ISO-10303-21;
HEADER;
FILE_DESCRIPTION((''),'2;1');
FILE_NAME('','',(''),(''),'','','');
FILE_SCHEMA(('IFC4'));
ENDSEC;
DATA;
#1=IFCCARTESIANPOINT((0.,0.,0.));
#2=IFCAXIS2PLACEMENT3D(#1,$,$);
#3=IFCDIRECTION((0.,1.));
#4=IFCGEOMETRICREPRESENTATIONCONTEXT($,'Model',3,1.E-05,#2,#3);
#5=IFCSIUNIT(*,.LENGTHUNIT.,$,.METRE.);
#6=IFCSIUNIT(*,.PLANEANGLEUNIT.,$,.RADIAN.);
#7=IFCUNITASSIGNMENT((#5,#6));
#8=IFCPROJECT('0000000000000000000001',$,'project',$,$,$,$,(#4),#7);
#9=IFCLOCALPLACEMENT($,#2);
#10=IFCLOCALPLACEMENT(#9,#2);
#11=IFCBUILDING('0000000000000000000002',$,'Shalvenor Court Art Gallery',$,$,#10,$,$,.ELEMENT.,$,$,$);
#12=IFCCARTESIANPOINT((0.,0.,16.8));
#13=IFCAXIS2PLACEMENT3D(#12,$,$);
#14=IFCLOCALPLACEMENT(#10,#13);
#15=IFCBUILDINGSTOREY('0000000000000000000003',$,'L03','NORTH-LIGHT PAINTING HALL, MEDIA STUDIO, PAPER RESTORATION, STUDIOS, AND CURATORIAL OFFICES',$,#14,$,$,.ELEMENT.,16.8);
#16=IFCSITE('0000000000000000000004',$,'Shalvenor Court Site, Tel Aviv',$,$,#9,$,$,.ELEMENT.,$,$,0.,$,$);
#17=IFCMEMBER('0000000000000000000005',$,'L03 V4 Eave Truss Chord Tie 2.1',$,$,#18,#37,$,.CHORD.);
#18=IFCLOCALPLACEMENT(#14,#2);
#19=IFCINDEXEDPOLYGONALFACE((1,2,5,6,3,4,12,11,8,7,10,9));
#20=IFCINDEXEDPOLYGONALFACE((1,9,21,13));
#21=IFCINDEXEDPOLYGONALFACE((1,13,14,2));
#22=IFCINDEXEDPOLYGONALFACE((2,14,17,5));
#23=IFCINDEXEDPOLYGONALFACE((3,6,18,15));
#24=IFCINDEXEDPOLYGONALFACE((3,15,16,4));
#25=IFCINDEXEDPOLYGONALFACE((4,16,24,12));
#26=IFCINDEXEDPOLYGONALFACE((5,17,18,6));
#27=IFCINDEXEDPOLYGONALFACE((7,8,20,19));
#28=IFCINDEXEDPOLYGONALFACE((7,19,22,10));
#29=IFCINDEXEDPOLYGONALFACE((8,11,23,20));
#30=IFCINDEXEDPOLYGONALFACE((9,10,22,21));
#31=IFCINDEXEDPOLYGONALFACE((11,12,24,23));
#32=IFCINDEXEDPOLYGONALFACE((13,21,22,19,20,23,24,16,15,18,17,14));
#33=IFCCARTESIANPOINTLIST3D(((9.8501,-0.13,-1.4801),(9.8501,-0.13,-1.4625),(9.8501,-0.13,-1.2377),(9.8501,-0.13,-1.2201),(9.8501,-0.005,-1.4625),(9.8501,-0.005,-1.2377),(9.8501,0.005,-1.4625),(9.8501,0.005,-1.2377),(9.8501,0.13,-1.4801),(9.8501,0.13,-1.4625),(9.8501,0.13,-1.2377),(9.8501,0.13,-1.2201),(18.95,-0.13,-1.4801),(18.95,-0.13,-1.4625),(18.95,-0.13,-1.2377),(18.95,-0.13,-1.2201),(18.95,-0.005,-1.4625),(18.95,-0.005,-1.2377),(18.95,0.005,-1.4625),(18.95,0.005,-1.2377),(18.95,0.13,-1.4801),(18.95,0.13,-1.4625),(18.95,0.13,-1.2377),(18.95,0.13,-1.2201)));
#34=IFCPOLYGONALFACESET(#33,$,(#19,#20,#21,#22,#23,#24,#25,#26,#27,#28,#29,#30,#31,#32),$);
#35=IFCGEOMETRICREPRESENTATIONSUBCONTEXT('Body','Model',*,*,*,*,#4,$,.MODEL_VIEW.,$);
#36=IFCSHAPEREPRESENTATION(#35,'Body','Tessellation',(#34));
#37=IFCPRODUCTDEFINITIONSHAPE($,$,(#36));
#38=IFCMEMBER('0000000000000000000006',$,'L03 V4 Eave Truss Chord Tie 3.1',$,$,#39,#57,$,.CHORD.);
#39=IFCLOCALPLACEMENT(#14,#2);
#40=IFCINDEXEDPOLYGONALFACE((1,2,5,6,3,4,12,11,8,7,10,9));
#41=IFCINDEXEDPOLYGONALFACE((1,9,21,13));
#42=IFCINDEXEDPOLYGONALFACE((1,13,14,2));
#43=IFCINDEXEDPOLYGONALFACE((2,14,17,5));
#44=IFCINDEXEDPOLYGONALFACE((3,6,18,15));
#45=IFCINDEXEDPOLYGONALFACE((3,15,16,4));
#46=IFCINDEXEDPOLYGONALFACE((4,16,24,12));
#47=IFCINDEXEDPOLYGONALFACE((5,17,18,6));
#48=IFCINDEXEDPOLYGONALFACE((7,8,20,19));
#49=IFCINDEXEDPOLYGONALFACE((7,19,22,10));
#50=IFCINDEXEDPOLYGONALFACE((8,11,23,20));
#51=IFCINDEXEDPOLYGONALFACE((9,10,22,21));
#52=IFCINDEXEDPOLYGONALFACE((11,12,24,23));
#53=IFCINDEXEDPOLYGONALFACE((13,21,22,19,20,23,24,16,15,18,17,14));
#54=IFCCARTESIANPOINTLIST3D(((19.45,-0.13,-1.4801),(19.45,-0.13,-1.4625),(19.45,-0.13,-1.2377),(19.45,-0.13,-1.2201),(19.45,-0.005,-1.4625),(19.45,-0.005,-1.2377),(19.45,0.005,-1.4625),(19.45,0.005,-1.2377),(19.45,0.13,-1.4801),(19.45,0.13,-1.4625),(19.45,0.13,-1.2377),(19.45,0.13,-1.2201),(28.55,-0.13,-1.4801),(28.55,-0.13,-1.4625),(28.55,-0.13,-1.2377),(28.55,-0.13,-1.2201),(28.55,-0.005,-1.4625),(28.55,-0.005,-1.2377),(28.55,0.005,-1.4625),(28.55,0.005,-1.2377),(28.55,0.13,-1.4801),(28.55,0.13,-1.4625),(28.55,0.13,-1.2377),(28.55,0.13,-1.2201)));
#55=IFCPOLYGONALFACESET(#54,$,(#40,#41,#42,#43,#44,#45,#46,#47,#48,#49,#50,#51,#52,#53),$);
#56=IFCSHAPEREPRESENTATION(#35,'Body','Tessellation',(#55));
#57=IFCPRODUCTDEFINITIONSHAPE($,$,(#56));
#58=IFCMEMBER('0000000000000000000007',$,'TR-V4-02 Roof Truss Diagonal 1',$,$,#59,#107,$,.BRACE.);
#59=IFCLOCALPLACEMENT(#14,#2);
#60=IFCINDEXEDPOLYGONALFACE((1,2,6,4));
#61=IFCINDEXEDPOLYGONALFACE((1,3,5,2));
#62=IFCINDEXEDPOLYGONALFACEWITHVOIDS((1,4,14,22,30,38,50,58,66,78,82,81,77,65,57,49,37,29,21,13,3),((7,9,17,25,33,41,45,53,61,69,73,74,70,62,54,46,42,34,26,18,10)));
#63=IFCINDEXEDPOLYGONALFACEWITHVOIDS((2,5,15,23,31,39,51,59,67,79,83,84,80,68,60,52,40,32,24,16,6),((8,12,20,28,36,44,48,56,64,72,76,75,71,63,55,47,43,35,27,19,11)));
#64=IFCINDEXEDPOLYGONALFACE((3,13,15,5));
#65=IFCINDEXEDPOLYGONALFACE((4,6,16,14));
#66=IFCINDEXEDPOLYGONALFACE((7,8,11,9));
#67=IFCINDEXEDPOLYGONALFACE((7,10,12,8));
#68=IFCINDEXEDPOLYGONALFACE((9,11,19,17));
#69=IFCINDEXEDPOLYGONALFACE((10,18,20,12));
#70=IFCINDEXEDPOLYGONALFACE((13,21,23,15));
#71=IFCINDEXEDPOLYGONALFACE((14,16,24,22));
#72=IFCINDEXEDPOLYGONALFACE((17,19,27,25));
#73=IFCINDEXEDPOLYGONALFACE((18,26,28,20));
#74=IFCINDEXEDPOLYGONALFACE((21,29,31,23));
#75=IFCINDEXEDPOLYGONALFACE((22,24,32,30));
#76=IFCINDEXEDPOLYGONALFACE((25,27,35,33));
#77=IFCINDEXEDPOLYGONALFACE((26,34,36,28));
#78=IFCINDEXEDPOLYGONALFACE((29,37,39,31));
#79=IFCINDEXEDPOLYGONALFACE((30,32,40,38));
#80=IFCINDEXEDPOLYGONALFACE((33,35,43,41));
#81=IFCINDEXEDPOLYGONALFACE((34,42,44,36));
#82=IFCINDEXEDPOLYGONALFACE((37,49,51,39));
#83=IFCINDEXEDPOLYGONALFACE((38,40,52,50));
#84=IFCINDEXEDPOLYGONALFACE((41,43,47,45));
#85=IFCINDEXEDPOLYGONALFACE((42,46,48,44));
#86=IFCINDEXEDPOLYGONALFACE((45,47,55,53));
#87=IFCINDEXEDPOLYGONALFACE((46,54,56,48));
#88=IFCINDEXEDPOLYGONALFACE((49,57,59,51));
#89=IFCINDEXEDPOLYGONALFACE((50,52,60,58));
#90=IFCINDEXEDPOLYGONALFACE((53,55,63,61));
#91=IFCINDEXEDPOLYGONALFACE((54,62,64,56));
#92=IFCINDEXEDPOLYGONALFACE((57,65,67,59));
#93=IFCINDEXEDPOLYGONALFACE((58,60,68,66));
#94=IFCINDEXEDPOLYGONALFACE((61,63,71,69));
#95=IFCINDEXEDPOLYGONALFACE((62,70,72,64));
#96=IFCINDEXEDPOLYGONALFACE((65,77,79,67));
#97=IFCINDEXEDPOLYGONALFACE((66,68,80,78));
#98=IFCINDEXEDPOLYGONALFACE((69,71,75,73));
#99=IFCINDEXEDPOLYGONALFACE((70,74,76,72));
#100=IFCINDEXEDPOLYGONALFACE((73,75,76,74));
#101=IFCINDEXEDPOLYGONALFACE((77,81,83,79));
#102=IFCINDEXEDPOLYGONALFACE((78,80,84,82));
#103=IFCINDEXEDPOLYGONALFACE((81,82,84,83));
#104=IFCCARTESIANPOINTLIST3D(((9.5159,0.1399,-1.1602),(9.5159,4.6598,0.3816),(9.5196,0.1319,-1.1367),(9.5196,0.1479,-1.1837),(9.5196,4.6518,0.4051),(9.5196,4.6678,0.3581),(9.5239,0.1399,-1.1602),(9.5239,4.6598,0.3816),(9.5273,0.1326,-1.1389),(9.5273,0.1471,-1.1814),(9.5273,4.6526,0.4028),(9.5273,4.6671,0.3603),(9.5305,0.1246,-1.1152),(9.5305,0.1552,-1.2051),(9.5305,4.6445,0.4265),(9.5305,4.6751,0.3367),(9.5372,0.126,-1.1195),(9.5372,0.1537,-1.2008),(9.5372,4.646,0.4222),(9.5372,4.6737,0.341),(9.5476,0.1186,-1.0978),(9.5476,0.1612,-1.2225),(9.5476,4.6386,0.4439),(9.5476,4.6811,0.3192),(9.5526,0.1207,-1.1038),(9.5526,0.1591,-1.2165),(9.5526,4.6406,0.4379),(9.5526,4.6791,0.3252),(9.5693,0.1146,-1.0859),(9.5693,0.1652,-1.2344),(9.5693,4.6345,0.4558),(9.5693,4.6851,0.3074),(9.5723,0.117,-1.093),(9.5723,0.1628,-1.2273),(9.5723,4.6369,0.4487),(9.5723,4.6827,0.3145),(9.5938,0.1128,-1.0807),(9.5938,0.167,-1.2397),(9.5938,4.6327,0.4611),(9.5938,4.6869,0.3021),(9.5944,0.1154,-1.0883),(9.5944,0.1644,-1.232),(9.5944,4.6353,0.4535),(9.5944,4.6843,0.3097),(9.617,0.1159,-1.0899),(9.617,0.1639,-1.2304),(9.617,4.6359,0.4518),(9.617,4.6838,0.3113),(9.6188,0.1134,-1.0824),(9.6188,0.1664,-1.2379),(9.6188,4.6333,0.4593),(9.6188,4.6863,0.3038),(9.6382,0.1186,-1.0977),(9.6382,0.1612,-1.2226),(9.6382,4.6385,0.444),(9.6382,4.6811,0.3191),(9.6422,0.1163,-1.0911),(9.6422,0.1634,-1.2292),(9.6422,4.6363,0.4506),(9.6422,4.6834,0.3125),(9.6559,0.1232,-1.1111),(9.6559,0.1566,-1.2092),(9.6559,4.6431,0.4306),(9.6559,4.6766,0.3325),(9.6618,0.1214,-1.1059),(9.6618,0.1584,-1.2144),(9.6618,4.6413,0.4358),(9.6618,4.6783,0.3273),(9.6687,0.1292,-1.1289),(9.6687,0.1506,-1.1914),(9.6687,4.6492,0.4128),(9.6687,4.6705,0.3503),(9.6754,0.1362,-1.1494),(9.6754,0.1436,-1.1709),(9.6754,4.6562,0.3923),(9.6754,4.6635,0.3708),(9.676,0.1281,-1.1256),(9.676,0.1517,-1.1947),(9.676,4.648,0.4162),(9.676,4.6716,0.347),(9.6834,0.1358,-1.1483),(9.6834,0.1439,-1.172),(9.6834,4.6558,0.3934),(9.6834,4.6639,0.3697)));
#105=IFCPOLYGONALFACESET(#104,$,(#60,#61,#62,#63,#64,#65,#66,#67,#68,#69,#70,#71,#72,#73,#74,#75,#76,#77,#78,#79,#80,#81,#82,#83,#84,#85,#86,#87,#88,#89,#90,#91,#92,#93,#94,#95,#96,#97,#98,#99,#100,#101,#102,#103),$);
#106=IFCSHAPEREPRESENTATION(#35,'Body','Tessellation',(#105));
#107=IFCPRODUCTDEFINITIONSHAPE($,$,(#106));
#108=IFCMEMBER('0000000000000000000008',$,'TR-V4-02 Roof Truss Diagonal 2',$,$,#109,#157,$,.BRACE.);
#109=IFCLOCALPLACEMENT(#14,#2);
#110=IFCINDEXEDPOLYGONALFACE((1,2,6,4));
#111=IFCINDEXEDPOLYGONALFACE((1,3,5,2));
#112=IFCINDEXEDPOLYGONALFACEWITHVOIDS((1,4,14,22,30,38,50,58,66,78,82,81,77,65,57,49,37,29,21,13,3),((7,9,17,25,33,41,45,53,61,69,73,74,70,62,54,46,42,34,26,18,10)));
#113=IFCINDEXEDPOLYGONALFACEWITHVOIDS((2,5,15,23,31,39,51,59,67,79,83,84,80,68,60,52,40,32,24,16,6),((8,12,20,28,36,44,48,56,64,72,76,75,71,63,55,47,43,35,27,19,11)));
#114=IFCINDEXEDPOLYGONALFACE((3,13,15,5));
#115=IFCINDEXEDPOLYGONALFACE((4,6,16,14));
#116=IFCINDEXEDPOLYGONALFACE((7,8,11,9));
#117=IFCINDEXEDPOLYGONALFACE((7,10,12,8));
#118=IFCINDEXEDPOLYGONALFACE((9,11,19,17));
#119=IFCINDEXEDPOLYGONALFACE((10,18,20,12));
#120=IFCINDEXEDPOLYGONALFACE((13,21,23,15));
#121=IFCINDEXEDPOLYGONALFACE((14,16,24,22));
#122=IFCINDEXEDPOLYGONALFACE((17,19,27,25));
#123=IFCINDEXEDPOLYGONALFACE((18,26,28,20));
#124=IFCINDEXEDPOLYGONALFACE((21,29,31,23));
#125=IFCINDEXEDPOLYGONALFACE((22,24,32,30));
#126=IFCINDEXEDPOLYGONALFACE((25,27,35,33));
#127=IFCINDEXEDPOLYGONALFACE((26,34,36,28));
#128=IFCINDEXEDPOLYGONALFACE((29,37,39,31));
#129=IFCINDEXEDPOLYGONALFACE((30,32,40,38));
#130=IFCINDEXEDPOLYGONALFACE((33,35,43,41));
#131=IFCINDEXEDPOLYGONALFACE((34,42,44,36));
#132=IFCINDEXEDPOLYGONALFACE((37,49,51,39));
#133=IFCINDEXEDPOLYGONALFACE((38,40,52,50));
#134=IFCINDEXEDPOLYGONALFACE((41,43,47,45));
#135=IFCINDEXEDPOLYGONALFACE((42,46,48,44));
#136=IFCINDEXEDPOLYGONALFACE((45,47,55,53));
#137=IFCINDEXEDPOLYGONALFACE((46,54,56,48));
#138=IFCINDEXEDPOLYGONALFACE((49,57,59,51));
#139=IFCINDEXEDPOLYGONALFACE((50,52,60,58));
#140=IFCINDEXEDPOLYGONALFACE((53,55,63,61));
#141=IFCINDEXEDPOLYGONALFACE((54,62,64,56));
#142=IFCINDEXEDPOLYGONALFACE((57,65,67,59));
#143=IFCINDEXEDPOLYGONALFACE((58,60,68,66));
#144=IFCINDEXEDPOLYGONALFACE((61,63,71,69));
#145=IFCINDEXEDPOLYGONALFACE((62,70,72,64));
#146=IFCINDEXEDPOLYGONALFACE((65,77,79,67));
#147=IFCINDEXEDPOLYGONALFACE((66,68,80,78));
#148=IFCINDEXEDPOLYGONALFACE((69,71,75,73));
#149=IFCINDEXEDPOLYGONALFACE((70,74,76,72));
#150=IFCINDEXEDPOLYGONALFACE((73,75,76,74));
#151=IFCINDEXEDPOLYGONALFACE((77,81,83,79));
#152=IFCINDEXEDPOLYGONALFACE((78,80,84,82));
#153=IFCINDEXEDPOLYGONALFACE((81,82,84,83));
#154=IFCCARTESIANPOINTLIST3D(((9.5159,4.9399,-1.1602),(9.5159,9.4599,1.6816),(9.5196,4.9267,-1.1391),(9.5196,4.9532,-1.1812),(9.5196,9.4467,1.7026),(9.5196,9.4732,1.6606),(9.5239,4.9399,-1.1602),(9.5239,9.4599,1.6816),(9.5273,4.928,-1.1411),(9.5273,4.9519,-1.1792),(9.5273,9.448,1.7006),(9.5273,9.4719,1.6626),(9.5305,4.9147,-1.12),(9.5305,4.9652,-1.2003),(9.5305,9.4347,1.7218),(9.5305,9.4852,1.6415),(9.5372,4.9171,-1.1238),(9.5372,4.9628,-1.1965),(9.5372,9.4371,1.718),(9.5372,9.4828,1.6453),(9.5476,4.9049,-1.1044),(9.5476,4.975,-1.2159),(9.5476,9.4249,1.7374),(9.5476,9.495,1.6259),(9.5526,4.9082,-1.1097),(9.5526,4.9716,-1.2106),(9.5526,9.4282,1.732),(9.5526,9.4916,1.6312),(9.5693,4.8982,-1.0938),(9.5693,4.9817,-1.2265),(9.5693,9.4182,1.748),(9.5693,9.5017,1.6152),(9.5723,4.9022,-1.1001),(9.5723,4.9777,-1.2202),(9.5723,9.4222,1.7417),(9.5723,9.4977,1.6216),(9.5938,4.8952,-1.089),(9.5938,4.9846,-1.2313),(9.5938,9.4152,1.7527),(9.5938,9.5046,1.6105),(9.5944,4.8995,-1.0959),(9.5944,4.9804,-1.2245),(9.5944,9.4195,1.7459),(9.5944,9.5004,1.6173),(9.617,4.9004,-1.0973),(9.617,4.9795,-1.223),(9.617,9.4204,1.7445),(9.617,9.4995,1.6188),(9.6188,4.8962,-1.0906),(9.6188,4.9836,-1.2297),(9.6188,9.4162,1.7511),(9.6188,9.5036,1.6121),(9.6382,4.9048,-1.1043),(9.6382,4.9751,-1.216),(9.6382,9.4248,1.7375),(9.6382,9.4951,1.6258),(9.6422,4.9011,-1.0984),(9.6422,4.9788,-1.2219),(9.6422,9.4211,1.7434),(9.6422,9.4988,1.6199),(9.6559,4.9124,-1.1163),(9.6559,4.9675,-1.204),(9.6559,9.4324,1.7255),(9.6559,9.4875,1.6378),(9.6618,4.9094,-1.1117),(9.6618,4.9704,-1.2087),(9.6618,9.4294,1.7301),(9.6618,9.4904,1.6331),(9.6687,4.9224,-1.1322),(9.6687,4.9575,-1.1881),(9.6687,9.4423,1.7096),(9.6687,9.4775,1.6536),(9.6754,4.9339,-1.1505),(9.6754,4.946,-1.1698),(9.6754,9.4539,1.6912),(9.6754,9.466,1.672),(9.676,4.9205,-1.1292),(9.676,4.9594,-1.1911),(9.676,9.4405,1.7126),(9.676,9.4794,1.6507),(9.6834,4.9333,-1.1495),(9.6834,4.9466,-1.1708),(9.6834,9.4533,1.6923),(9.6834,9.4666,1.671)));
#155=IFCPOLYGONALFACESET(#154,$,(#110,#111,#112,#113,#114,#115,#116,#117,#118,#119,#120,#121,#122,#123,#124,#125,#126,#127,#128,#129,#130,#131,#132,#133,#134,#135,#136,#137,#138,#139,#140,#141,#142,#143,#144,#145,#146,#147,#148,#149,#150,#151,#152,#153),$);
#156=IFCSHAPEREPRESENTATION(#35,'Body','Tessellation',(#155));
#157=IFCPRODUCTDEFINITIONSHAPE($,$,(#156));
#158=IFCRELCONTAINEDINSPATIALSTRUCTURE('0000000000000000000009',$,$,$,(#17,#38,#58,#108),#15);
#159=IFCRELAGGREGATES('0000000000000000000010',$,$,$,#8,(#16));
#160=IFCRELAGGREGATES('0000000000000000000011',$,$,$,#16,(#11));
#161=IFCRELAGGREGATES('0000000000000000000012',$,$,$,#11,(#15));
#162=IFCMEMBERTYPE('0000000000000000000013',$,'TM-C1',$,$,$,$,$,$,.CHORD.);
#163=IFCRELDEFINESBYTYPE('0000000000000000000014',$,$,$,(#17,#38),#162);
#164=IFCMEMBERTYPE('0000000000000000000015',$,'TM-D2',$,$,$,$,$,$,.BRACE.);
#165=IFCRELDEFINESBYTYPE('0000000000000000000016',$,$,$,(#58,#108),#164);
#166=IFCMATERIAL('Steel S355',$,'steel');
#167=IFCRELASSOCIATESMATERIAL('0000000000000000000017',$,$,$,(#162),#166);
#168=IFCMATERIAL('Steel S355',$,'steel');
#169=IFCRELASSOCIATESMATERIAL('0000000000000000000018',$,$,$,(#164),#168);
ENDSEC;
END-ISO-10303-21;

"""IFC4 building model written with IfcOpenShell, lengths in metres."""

from ifc_helpers import new_model, si_unit, direction, frame, origin, origin_2d, place, context, subcontext, project, spatial, hollow_circle, i_section, extrude, material, material_profile, profile_set, type_object, element, save


model = new_model("IFC4")

# Units and contexts
model_context = context("Model", 3, precision=1e-05, world=origin(), true_north=direction((0.0, 1.0)))
body_context = subcontext(model_context, "Body", "Model", "MODEL_VIEW")
ifc_project = project(units=[si_unit("LENGTHUNIT", "METRE"), si_unit("PLANEANGLEUNIT", "RADIAN")], contexts=[model_context])

# Site, building, storey
site_placement = place(None, origin())
site = spatial("IfcSite", under=ifc_project, at=site_placement, Name="Shalvenor Court Site, Tel Aviv", CompositionType="ELEMENT", RefElevation=0.0)
building_placement = place(site_placement, origin())
building = spatial("IfcBuilding", under=site, at=building_placement, Name="Shalvenor Court Art Gallery", CompositionType="ELEMENT")
storey_placement = place(building_placement, frame((0.0, 0.0, 16.8)))
storey = spatial("IfcBuildingStorey", under=building, at=storey_placement, Name="L03", Description="NORTH-LIGHT PAINTING HALL, MEDIA STUDIO, PAPER RESTORATION, STUDIOS, AND CURATORIAL OFFICES", CompositionType="ELEMENT", Elevation=16.8)

# Members
ifc_material_1 = material(Name="Steel S355", Category="steel")
ifc_material_profile_1 = material_profile(ifc_material_1, i_section(OverallWidth=0.26, OverallDepth=0.26, WebThickness=0.01, FlangeThickness=0.0176, at=origin_2d()), Name="HEB 260")
ifc_profile_set_1 = profile_set([ifc_material_profile_1], Name="Steel S355")
member_type_1 = type_object("IfcMemberType", Name="TM-C1", PredefinedType="CHORD", material=ifc_profile_set_1)
member_1_placement = place(storey_placement, frame((9.8501, 0.0, -1.3501), z_axis=(1.0, 0.0, 0.0), x_axis=(0.0, 1.0, 0.0)))
element("IfcMember", 1, at=member_1_placement, inside=storey, type_object=member_type_1, Name="L03 V4 Eave Truss Chord Tie 2.1", PredefinedType="CHORD", context=body_context, shape_type="SweptSolid", body=[
    extrude(i_section(OverallWidth=0.26, OverallDepth=0.26, WebThickness=0.01, FlangeThickness=0.0176, at=origin_2d()), origin(), (0.0, 0.0, 1.0), 9.0999),
])
member_2_placement = place(storey_placement, frame((19.45, 0.0, -1.3501), z_axis=(1.0, 0.0, 0.0), x_axis=(0.0, 1.0, 0.0)))
element("IfcMember", 2, at=member_2_placement, inside=storey, type_object=member_type_1, Name="L03 V4 Eave Truss Chord Tie 3.1", PredefinedType="CHORD", context=body_context, shape_type="SweptSolid", body=[
    extrude(i_section(OverallWidth=0.26, OverallDepth=0.26, WebThickness=0.01, FlangeThickness=0.0176, at=origin_2d()), origin(), (0.0, 0.0, 1.0), 9.1001),
])
ifc_material_2 = material(Name="Steel S355", Category="steel")
ifc_material_profile_2 = material_profile(ifc_material_2, hollow_circle(Radius=0.0842, WallThickness=0.0081, at=origin_2d()), Name="CHS 168.3x8.0")
ifc_profile_set_2 = profile_set([ifc_material_profile_2], Name="Steel S355")
member_type_2 = type_object("IfcMemberType", Name="TM-D2", PredefinedType="BRACE", material=ifc_profile_set_2)
member_3_placement = place(storey_placement, frame((9.6001, 0.1399, -1.1602), z_axis=(0.0, 0.946457, 0.32283), x_axis=(-1.0, 0.0, 0.0)))
element("IfcMember", 3, at=member_3_placement, inside=storey, type_object=member_type_2, Name="TR-V4-02 Roof Truss Diagonal 1", PredefinedType="BRACE", context=body_context, shape_type="SweptSolid", body=[
    extrude(hollow_circle(Radius=0.0842, WallThickness=0.0081, at=origin_2d()), origin(), (0.0, 0.0, 1.0), 4.7756),
])
member_4_placement = place(storey_placement, frame((9.6001, 4.9399, -1.1602), z_axis=(0.0, 0.846582, 0.532258), x_axis=(-1.0, 0.0, 0.0)))
element("IfcMember", 4, at=member_4_placement, inside=storey, type_object=member_type_2, Name="TR-V4-02 Roof Truss Diagonal 2", PredefinedType="BRACE", context=body_context, shape_type="SweptSolid", body=[
    extrude(hollow_circle(Radius=0.0842, WallThickness=0.0081, at=origin_2d()), origin(), (0.0, 0.0, 1.0), 5.3391),
])

save(model, "model.ifc")
